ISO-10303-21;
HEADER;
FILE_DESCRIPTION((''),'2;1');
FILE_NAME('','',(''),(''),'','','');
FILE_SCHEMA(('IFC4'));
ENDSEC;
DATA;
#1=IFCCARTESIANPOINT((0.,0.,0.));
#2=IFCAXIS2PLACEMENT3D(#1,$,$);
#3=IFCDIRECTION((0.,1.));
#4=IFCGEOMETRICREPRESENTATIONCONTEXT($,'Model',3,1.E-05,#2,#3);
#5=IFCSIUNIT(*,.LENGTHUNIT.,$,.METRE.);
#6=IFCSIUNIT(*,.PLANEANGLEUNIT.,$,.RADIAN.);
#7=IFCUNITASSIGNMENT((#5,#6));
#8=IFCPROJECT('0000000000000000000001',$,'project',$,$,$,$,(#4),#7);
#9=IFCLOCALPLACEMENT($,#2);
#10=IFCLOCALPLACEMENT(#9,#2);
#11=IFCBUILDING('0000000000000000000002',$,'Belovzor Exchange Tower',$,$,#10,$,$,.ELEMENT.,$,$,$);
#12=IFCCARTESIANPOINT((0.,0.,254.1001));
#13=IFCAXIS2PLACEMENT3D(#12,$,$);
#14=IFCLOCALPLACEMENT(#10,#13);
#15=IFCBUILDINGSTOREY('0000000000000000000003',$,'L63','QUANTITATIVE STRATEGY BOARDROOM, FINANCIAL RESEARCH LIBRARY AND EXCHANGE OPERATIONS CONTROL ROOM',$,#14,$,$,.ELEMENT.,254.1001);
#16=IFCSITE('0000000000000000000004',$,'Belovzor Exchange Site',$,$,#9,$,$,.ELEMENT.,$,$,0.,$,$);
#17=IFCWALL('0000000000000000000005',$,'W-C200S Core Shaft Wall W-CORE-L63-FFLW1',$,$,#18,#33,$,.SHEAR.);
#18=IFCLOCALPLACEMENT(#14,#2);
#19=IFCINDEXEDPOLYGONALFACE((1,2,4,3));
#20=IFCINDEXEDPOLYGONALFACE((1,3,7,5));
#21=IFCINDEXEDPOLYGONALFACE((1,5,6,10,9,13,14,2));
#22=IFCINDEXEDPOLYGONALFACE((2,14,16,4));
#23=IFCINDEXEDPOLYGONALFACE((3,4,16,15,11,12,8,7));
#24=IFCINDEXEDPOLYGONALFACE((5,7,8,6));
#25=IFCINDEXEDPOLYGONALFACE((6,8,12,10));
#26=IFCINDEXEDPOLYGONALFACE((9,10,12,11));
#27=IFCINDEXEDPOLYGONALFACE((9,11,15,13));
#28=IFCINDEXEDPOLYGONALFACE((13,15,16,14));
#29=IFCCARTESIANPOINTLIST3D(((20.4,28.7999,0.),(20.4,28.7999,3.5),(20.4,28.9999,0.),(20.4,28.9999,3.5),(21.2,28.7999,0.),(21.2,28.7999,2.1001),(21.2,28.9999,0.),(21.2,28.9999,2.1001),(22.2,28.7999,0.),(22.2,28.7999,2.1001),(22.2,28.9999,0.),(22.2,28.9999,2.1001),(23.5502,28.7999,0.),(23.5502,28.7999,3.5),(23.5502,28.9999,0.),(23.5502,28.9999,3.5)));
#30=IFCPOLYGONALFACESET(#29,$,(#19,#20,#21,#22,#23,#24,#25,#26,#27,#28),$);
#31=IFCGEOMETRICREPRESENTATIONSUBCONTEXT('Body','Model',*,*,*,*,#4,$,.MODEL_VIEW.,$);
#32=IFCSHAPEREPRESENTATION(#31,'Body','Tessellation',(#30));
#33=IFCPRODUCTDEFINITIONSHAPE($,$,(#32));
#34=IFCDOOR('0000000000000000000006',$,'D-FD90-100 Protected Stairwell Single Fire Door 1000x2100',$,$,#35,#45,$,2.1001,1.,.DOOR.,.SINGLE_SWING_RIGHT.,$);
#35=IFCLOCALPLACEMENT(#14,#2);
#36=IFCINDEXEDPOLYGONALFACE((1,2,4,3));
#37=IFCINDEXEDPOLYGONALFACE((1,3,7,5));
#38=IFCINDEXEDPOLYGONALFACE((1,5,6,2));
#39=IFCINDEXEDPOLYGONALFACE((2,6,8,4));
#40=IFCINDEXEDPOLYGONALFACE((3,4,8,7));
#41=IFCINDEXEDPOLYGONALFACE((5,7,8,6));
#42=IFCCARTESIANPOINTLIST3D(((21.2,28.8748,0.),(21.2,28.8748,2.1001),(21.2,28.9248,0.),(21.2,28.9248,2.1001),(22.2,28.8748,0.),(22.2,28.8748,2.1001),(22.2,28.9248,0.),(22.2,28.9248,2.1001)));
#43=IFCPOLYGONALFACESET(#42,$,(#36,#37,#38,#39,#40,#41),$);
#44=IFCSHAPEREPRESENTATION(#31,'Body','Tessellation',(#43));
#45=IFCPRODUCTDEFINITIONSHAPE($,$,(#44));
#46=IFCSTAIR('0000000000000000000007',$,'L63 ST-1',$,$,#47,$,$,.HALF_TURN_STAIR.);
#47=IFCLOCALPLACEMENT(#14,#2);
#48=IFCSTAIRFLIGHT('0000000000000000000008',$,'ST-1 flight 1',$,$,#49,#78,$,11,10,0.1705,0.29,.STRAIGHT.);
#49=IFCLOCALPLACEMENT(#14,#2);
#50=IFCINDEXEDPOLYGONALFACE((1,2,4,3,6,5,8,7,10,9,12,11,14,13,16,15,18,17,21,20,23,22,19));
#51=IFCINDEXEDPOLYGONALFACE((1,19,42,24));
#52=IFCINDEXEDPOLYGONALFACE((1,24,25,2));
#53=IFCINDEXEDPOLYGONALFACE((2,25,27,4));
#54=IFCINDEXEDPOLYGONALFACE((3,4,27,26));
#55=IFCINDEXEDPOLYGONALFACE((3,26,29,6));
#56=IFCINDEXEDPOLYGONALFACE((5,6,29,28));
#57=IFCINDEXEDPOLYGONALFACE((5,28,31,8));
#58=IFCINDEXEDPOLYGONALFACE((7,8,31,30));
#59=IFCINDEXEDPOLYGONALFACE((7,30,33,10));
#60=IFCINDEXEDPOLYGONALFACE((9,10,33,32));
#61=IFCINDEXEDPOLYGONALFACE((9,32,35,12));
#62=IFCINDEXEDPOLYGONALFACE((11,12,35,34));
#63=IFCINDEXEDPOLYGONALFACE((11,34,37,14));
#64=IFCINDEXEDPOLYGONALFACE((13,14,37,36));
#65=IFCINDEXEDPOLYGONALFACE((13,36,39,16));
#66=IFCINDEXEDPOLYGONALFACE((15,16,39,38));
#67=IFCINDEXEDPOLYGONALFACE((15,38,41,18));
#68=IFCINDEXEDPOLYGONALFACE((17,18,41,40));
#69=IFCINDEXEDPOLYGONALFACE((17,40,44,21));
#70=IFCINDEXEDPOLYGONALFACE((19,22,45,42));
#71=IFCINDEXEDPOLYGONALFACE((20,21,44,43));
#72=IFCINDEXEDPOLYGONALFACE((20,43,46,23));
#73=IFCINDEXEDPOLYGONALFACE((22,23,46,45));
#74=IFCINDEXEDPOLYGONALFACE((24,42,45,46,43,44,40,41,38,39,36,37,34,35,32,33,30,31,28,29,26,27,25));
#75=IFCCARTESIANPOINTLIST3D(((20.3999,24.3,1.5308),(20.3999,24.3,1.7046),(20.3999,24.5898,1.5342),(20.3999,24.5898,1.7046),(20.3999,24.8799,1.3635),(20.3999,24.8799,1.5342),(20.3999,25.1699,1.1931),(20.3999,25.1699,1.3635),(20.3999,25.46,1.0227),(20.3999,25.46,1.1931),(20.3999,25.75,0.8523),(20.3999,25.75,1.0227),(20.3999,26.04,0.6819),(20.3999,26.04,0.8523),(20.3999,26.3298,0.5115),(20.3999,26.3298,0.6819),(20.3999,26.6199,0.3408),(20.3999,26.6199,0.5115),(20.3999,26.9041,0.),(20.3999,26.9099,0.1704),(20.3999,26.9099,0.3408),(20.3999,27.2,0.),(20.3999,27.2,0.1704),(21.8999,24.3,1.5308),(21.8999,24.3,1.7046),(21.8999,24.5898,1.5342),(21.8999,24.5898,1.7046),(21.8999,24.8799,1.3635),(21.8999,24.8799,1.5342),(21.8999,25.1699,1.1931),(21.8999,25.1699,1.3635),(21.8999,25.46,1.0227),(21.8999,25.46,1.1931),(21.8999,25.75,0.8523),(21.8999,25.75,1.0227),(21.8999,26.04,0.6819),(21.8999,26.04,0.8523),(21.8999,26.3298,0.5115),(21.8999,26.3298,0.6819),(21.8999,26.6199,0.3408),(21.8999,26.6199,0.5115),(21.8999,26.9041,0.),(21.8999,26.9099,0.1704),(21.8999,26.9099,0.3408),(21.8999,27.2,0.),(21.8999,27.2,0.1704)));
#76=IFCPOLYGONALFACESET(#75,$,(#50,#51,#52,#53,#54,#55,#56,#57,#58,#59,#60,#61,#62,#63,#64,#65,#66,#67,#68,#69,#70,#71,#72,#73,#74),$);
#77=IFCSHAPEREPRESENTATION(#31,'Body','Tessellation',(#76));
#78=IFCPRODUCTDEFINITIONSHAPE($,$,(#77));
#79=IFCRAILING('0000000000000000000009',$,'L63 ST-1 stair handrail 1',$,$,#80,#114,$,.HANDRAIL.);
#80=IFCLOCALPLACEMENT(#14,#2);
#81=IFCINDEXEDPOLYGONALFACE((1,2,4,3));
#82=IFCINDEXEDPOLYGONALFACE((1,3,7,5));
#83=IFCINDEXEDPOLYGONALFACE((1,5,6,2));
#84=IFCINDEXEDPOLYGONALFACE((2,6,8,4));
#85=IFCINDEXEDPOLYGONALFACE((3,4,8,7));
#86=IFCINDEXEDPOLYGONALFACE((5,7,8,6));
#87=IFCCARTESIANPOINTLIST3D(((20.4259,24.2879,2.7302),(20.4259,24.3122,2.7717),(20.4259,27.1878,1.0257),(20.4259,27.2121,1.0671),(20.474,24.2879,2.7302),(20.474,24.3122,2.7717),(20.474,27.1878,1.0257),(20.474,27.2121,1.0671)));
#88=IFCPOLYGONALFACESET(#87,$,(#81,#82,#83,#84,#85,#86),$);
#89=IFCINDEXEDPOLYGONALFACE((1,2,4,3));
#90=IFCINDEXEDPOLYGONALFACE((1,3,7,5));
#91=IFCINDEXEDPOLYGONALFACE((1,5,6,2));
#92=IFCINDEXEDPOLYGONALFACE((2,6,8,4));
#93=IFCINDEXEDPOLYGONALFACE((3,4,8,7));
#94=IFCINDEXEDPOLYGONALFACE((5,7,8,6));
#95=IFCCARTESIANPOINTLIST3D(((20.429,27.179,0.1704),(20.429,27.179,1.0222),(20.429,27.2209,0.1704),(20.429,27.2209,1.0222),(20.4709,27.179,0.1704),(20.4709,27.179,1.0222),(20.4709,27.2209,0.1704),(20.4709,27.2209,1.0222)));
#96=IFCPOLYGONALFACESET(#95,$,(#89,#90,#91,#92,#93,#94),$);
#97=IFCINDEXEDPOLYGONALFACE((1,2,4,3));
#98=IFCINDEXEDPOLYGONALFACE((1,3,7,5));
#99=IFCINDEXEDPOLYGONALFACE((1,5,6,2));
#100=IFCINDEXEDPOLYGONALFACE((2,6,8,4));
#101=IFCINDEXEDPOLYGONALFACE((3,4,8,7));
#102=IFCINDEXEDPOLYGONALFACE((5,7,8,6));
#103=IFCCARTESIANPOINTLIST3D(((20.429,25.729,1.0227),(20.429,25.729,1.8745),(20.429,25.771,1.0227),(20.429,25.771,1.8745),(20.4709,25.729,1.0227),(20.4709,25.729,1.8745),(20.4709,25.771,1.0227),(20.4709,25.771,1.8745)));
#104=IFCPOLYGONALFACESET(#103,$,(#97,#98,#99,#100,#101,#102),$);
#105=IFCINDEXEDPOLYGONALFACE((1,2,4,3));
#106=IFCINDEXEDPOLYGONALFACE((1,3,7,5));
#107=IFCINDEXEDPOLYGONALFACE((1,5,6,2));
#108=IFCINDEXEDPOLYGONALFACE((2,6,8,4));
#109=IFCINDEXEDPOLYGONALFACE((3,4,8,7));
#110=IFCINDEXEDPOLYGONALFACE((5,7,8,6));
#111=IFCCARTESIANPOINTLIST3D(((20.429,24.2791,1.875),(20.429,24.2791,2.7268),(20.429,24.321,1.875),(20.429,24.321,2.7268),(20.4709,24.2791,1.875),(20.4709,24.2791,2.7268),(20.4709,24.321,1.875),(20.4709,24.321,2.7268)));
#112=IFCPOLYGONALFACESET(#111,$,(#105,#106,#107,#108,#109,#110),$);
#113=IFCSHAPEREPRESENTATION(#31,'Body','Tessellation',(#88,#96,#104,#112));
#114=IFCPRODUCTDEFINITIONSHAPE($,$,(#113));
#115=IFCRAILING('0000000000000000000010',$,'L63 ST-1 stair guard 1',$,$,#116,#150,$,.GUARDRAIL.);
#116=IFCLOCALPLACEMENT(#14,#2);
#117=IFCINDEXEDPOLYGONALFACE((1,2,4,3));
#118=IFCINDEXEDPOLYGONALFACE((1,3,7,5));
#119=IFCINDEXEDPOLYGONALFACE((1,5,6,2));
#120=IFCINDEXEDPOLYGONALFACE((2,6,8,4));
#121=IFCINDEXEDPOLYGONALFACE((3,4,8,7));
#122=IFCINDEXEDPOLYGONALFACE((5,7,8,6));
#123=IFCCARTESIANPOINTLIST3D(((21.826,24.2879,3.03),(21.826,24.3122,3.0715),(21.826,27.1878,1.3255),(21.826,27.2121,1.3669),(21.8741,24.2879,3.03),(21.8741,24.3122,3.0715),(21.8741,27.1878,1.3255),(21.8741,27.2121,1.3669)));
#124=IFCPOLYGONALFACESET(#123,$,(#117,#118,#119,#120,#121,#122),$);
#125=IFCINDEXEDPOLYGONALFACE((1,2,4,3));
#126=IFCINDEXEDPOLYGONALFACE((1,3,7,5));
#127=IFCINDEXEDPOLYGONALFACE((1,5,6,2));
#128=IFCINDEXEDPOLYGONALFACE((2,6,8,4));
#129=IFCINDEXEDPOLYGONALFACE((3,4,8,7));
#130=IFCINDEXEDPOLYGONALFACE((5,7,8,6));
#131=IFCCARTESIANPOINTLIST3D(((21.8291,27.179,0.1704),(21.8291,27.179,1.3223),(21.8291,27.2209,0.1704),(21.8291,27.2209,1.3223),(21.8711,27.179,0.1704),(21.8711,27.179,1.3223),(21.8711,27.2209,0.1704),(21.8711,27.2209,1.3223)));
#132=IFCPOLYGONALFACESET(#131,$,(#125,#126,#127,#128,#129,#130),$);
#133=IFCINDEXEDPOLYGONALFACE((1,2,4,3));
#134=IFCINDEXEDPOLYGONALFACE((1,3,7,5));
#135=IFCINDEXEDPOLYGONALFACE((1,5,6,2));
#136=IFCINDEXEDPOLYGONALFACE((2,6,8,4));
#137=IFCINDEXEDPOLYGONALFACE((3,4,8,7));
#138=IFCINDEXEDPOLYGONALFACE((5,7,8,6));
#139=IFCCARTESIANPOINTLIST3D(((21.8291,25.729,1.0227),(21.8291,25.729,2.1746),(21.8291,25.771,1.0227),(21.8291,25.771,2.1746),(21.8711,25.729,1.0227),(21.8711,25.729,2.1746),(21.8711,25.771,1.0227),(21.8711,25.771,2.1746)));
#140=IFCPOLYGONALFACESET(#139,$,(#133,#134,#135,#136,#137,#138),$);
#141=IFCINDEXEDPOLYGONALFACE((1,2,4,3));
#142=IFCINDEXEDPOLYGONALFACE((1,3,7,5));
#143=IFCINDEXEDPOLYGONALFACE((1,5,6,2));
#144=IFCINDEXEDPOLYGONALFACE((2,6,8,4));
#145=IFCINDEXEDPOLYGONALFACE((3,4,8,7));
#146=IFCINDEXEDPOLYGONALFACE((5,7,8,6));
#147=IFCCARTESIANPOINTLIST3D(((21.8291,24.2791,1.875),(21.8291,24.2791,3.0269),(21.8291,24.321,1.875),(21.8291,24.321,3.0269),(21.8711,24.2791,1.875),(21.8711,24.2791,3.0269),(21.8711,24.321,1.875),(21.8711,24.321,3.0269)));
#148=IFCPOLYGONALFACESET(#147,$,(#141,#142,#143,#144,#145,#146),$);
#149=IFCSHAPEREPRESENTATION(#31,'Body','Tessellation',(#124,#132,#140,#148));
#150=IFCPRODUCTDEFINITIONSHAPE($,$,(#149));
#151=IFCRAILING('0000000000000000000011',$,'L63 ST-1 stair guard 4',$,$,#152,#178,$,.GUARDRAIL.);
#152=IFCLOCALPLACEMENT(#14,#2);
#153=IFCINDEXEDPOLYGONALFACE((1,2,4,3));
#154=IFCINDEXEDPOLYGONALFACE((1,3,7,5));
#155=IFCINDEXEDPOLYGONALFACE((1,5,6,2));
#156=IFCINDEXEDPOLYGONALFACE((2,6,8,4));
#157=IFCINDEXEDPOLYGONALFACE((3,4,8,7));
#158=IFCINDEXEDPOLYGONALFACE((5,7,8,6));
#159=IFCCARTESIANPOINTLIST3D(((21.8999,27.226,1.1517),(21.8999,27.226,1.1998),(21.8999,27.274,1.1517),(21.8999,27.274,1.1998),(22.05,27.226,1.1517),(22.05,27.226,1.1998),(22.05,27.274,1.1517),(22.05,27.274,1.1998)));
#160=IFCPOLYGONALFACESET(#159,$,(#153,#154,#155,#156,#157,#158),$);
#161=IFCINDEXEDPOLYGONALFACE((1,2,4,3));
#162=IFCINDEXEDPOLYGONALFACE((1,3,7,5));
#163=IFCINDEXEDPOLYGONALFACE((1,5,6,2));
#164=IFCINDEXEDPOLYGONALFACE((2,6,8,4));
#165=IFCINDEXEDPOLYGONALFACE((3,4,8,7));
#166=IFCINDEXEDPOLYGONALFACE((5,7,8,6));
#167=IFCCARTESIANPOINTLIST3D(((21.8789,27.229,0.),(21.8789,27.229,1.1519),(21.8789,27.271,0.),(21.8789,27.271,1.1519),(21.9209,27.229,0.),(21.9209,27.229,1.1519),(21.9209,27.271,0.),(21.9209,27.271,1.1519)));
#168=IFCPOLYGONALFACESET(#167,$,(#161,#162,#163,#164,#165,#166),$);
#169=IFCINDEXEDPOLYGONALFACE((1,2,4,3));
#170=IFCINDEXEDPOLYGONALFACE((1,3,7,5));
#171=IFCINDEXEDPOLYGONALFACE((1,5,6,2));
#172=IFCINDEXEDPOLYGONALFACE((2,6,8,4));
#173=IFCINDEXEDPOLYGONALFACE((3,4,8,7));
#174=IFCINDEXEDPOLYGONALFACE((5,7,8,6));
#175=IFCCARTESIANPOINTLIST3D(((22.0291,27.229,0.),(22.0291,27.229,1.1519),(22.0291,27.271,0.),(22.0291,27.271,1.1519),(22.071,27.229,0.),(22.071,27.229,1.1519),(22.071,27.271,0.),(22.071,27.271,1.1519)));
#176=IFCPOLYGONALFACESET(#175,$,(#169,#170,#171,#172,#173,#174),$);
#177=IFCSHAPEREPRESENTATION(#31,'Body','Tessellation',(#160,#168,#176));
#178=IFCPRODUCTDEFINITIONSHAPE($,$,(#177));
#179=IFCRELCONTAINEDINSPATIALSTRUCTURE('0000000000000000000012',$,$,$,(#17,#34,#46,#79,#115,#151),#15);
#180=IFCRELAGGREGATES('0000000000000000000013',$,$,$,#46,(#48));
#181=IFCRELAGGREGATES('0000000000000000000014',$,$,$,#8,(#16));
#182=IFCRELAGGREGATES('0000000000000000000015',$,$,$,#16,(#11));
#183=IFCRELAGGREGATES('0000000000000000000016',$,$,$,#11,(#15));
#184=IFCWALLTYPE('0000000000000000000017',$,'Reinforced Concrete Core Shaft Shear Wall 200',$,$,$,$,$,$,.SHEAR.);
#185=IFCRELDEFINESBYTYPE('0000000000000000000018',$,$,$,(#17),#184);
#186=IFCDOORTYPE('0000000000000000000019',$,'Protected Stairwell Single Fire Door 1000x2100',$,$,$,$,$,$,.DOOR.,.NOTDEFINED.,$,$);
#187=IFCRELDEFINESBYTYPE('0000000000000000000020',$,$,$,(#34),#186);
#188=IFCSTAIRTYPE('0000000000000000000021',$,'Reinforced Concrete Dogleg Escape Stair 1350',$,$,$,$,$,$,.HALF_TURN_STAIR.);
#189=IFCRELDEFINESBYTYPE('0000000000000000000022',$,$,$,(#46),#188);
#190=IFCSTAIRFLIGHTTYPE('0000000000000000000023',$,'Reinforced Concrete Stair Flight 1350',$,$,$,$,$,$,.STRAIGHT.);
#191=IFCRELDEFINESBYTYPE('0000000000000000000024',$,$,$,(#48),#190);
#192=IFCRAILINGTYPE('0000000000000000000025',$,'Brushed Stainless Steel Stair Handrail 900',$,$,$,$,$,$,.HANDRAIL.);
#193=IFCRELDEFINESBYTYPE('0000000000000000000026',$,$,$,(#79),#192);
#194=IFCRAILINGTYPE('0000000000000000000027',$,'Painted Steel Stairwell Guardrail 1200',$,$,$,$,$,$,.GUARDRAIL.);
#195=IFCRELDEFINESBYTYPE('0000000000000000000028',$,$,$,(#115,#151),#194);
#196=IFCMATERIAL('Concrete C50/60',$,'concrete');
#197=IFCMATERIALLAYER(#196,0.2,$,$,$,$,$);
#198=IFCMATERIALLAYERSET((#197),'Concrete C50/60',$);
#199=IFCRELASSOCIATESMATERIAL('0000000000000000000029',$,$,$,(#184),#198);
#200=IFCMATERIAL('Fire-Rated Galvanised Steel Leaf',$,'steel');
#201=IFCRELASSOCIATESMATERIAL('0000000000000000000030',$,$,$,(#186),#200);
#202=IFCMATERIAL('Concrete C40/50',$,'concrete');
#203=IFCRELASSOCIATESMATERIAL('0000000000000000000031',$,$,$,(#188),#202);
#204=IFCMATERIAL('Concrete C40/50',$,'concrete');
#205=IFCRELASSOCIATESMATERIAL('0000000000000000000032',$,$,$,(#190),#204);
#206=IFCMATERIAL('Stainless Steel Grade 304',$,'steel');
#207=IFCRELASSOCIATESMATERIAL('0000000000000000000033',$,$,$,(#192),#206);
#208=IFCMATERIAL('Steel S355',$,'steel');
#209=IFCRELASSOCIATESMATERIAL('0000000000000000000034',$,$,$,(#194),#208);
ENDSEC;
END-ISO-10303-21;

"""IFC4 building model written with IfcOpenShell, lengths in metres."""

from ifc_helpers import new_model, si_unit, direction, frame, frame_2d, origin, origin_2d, place, context, subcontext, project, spatial, polyline, rectangle, outline, extrude, material, layer, layer_set, type_object, element, fill, aggregate, save


model = new_model("IFC4")

# Units and contexts
model_context = context("Model", 3, precision=1e-05, world=origin(), true_north=direction((0.0, 1.0)))
body_context = subcontext(model_context, "Body", "Model", "MODEL_VIEW")
ifc_project = project(units=[si_unit("LENGTHUNIT", "METRE"), si_unit("PLANEANGLEUNIT", "RADIAN")], contexts=[model_context])

# Site, building, storey
site_placement = place(None, origin())
site = spatial("IfcSite", under=ifc_project, at=site_placement, Name="Belovzor Exchange Site", CompositionType="ELEMENT", RefElevation=0.0)
building_placement = place(site_placement, origin())
building = spatial("IfcBuilding", under=site, at=building_placement, Name="Belovzor Exchange Tower", CompositionType="ELEMENT")
storey_placement = place(building_placement, frame((0.0, 0.0, 254.1001)))
storey = spatial("IfcBuildingStorey", under=building, at=storey_placement, Name="L63", Description="QUANTITATIVE STRATEGY BOARDROOM, FINANCIAL RESEARCH LIBRARY AND EXCHANGE OPERATIONS CONTROL ROOM", CompositionType="ELEMENT", Elevation=254.1001)

# Wall, opening, door
ifc_material_1 = material(Name="Concrete C50/60", Category="concrete")
ifc_layer_1 = layer(ifc_material_1, 0.2)
ifc_layer_set_1 = layer_set([ifc_layer_1], Name="Concrete C50/60")
wall_type_1 = type_object("IfcWallType", Name="Reinforced Concrete Core Shaft Shear Wall 200", PredefinedType="SHEAR", material=ifc_layer_set_1)
wall_1_placement = place(storey_placement, frame((20.3999, 28.8999, 0.0), z_axis=(0.0, 0.0, 1.0), x_axis=(1.0, 0.0, 0.0)))
wall_1 = element("IfcWall", 1, at=wall_1_placement, inside=storey, type_object=wall_type_1, Name="W-C200S Core Shaft Wall W-CORE-L63-FFLW1", PredefinedType="SHEAR", context=body_context, shape_type="SweptSolid", body=[
    extrude(rectangle(XDim=3.1501, YDim=0.2, at=frame_2d((1.5752, 0.0))), origin(), (0.0, 0.0, 1.0), 3.5),
])
opening_1_placement = place(wall_1_placement, frame((0.8, 0.0, 0.0)))
opening_1 = element("IfcOpeningElement", 2, at=opening_1_placement, cuts=wall_1, PredefinedType="OPENING", context=body_context, shape_type="SweptSolid", body=[
    extrude(rectangle(XDim=1.0, YDim=2.1001, at=frame_2d((0.5, 1.05))), frame((0.0, 0.1099, 0.0), z_axis=(0.0, -1.0, 0.0), x_axis=(1.0, 0.0, 0.0)), (0.0, 0.0, 1.0), 0.22),
])
ifc_material_2 = material(Name="Fire-Rated Galvanised Steel Leaf", Category="steel")
door_type_1 = type_object("IfcDoorType", Name="Protected Stairwell Single Fire Door 1000x2100", OperationType="NOTDEFINED", PredefinedType="DOOR", material=ifc_material_2)
door_1_placement = place(opening_1_placement, origin())
door_1 = element("IfcDoor", 3, at=door_1_placement, inside=storey, type_object=door_type_1, Name="D-FD90-100 Protected Stairwell Single Fire Door 1000x2100", OperationType="SINGLE_SWING_RIGHT", OverallHeight=2.1001, OverallWidth=1.0, PredefinedType="DOOR", context=body_context, shape_type="SweptSolid", body=[
    extrude(rectangle(XDim=1.0, YDim=2.1001, at=frame_2d((0.5, 1.05))), frame((0.0, 0.0249, 0.0), z_axis=(0.0, -1.0, 0.0), x_axis=(1.0, 0.0, 0.0)), (0.0, 0.0, 1.0), 0.05),
])
fill(opening_1, door_1)

# Stair, stair flight
ifc_material_3 = material(Name="Concrete C40/50", Category="concrete")
stair_type = type_object("IfcStairType", Name="Reinforced Concrete Dogleg Escape Stair 1350", PredefinedType="HALF_TURN_STAIR", material=ifc_material_3)
stair_placement = place(storey_placement, origin())
stair = element("IfcStair", 4, at=stair_placement, inside=storey, type_object=stair_type, Name="L63 ST-1", PredefinedType="HALF_TURN_STAIR")
ifc_material_4 = material(Name="Concrete C40/50", Category="concrete")
stair_flight_type = type_object("IfcStairFlightType", Name="Reinforced Concrete Stair Flight 1350", PredefinedType="STRAIGHT", material=ifc_material_4)
stair_flight_placement = place(storey_placement, frame((21.1499, 27.2, 0.0), z_axis=(0.0, 0.0, 1.0), x_axis=(0.0, -1.0, 0.0)))
stair_flight = element("IfcStairFlight", 5, at=stair_flight_placement, type_object=stair_flight_type, Name="ST-1 flight 1", NumberOfRisers=11, NumberOfTreads=10, PredefinedType="STRAIGHT", RiserHeight=0.1705, TreadLength=0.29, context=body_context, shape_type="SweptSolid", body=[
    extrude(outline(polyline([(0.0, 0.0), (0.0, 0.1704), (0.29, 0.1704), (0.29, 0.3408), (0.5801, 0.3408), (0.5801, 0.5115), (0.8701, 0.5115), (0.8701, 0.6819), (1.1599, 0.6819), (1.1599, 0.8523), (1.45, 0.8523), (1.45, 1.0227), (1.74, 1.0227), (1.74, 1.1931), (2.03, 1.1931), (2.03, 1.3635), (2.3201, 1.3635), (2.3201, 1.5342), (2.6101, 1.5342), (2.6101, 1.7046), (2.8999, 1.7046), (2.8999, 1.875), (2.8999, 1.5308), (0.2959, 0.0), (0.0, 0.0)])), frame((0.0, 0.75, 0.0), z_axis=(0.0, -1.0, 0.0), x_axis=(1.0, 0.0, 0.0)), (0.0, 0.0, 1.0), 1.5),
])
aggregate(stair, [stair_flight])

# Railings
ifc_material_5 = material(Name="Stainless Steel Grade 304", Category="steel")
railing_type_1 = type_object("IfcRailingType", Name="Brushed Stainless Steel Stair Handrail 900", PredefinedType="HANDRAIL", material=ifc_material_5)
railing_1_placement = place(storey_placement, frame((20.45, 27.2, 0.1704)))
element("IfcRailing", 6, at=railing_1_placement, inside=storey, type_object=railing_type_1, Name="L63 ST-1 stair handrail 1", PredefinedType="HANDRAIL", context=body_context, shape_type="SweptSolid", body=[
    extrude(rectangle(XDim=0.0481, YDim=0.0481, at=origin_2d()), frame((0.0, 0.0, 0.876), z_axis=(0.0, -0.862095, 0.506747), x_axis=(1.0, 0.0, 0.0)), (0.0, 0.0, 1.0), 3.3638),
    extrude(rectangle(XDim=0.042, YDim=0.042, at=origin_2d()), origin(), (0.0, 0.0, 1.0), 0.8518),
    extrude(rectangle(XDim=0.042, YDim=0.042, at=origin_2d()), frame((0.0, -1.45, 0.8523)), (0.0, 0.0, 1.0), 0.8518),
    extrude(rectangle(XDim=0.042, YDim=0.042, at=origin_2d()), frame((0.0, -2.8999, 1.7046)), (0.0, 0.0, 1.0), 0.8518),
])
ifc_material_6 = material(Name="Steel S355", Category="steel")
railing_type_2 = type_object("IfcRailingType", Name="Painted Steel Stairwell Guardrail 1200", PredefinedType="GUARDRAIL", material=ifc_material_6)
railing_2_placement = place(storey_placement, frame((21.8501, 27.2, 0.1704)))
element("IfcRailing", 7, at=railing_2_placement, inside=storey, type_object=railing_type_2, Name="L63 ST-1 stair guard 1", PredefinedType="GUARDRAIL", context=body_context, shape_type="SweptSolid", body=[
    extrude(rectangle(XDim=0.0481, YDim=0.0481, at=origin_2d()), frame((0.0, 0.0, 1.1758), z_axis=(0.0, -0.862095, 0.506747), x_axis=(1.0, 0.0, 0.0)), (0.0, 0.0, 1.0), 3.3638),
    extrude(rectangle(XDim=0.042, YDim=0.042, at=origin_2d()), origin(), (0.0, 0.0, 1.0), 1.1519),
    extrude(rectangle(XDim=0.042, YDim=0.042, at=origin_2d()), frame((0.0, -1.45, 0.8523)), (0.0, 0.0, 1.0), 1.1519),
    extrude(rectangle(XDim=0.042, YDim=0.042, at=origin_2d()), frame((0.0, -2.8999, 1.7046)), (0.0, 0.0, 1.0), 1.1519),
])
railing_3_placement = place(storey_placement, frame((21.8999, 27.25, 0.0)))
element("IfcRailing", 8, at=railing_3_placement, inside=storey, type_object=railing_type_2, Name="L63 ST-1 stair guard 4", PredefinedType="GUARDRAIL", context=body_context, shape_type="SweptSolid", body=[
    extrude(rectangle(XDim=0.0481, YDim=0.0481, at=origin_2d()), frame((0.0, 0.0, 1.1758), z_axis=(1.0, 0.0, 0.0), x_axis=(0.0, 1.0, 0.0)), (0.0, 0.0, 1.0), 0.1501),
    extrude(rectangle(XDim=0.042, YDim=0.042, at=origin_2d()), origin(), (0.0, 0.0, 1.0), 1.1519),
    extrude(rectangle(XDim=0.042, YDim=0.042, at=origin_2d()), frame((0.1501, 0.0, 0.0)), (0.0, 0.0, 1.0), 1.1519),
])

save(model, "model.ifc")
